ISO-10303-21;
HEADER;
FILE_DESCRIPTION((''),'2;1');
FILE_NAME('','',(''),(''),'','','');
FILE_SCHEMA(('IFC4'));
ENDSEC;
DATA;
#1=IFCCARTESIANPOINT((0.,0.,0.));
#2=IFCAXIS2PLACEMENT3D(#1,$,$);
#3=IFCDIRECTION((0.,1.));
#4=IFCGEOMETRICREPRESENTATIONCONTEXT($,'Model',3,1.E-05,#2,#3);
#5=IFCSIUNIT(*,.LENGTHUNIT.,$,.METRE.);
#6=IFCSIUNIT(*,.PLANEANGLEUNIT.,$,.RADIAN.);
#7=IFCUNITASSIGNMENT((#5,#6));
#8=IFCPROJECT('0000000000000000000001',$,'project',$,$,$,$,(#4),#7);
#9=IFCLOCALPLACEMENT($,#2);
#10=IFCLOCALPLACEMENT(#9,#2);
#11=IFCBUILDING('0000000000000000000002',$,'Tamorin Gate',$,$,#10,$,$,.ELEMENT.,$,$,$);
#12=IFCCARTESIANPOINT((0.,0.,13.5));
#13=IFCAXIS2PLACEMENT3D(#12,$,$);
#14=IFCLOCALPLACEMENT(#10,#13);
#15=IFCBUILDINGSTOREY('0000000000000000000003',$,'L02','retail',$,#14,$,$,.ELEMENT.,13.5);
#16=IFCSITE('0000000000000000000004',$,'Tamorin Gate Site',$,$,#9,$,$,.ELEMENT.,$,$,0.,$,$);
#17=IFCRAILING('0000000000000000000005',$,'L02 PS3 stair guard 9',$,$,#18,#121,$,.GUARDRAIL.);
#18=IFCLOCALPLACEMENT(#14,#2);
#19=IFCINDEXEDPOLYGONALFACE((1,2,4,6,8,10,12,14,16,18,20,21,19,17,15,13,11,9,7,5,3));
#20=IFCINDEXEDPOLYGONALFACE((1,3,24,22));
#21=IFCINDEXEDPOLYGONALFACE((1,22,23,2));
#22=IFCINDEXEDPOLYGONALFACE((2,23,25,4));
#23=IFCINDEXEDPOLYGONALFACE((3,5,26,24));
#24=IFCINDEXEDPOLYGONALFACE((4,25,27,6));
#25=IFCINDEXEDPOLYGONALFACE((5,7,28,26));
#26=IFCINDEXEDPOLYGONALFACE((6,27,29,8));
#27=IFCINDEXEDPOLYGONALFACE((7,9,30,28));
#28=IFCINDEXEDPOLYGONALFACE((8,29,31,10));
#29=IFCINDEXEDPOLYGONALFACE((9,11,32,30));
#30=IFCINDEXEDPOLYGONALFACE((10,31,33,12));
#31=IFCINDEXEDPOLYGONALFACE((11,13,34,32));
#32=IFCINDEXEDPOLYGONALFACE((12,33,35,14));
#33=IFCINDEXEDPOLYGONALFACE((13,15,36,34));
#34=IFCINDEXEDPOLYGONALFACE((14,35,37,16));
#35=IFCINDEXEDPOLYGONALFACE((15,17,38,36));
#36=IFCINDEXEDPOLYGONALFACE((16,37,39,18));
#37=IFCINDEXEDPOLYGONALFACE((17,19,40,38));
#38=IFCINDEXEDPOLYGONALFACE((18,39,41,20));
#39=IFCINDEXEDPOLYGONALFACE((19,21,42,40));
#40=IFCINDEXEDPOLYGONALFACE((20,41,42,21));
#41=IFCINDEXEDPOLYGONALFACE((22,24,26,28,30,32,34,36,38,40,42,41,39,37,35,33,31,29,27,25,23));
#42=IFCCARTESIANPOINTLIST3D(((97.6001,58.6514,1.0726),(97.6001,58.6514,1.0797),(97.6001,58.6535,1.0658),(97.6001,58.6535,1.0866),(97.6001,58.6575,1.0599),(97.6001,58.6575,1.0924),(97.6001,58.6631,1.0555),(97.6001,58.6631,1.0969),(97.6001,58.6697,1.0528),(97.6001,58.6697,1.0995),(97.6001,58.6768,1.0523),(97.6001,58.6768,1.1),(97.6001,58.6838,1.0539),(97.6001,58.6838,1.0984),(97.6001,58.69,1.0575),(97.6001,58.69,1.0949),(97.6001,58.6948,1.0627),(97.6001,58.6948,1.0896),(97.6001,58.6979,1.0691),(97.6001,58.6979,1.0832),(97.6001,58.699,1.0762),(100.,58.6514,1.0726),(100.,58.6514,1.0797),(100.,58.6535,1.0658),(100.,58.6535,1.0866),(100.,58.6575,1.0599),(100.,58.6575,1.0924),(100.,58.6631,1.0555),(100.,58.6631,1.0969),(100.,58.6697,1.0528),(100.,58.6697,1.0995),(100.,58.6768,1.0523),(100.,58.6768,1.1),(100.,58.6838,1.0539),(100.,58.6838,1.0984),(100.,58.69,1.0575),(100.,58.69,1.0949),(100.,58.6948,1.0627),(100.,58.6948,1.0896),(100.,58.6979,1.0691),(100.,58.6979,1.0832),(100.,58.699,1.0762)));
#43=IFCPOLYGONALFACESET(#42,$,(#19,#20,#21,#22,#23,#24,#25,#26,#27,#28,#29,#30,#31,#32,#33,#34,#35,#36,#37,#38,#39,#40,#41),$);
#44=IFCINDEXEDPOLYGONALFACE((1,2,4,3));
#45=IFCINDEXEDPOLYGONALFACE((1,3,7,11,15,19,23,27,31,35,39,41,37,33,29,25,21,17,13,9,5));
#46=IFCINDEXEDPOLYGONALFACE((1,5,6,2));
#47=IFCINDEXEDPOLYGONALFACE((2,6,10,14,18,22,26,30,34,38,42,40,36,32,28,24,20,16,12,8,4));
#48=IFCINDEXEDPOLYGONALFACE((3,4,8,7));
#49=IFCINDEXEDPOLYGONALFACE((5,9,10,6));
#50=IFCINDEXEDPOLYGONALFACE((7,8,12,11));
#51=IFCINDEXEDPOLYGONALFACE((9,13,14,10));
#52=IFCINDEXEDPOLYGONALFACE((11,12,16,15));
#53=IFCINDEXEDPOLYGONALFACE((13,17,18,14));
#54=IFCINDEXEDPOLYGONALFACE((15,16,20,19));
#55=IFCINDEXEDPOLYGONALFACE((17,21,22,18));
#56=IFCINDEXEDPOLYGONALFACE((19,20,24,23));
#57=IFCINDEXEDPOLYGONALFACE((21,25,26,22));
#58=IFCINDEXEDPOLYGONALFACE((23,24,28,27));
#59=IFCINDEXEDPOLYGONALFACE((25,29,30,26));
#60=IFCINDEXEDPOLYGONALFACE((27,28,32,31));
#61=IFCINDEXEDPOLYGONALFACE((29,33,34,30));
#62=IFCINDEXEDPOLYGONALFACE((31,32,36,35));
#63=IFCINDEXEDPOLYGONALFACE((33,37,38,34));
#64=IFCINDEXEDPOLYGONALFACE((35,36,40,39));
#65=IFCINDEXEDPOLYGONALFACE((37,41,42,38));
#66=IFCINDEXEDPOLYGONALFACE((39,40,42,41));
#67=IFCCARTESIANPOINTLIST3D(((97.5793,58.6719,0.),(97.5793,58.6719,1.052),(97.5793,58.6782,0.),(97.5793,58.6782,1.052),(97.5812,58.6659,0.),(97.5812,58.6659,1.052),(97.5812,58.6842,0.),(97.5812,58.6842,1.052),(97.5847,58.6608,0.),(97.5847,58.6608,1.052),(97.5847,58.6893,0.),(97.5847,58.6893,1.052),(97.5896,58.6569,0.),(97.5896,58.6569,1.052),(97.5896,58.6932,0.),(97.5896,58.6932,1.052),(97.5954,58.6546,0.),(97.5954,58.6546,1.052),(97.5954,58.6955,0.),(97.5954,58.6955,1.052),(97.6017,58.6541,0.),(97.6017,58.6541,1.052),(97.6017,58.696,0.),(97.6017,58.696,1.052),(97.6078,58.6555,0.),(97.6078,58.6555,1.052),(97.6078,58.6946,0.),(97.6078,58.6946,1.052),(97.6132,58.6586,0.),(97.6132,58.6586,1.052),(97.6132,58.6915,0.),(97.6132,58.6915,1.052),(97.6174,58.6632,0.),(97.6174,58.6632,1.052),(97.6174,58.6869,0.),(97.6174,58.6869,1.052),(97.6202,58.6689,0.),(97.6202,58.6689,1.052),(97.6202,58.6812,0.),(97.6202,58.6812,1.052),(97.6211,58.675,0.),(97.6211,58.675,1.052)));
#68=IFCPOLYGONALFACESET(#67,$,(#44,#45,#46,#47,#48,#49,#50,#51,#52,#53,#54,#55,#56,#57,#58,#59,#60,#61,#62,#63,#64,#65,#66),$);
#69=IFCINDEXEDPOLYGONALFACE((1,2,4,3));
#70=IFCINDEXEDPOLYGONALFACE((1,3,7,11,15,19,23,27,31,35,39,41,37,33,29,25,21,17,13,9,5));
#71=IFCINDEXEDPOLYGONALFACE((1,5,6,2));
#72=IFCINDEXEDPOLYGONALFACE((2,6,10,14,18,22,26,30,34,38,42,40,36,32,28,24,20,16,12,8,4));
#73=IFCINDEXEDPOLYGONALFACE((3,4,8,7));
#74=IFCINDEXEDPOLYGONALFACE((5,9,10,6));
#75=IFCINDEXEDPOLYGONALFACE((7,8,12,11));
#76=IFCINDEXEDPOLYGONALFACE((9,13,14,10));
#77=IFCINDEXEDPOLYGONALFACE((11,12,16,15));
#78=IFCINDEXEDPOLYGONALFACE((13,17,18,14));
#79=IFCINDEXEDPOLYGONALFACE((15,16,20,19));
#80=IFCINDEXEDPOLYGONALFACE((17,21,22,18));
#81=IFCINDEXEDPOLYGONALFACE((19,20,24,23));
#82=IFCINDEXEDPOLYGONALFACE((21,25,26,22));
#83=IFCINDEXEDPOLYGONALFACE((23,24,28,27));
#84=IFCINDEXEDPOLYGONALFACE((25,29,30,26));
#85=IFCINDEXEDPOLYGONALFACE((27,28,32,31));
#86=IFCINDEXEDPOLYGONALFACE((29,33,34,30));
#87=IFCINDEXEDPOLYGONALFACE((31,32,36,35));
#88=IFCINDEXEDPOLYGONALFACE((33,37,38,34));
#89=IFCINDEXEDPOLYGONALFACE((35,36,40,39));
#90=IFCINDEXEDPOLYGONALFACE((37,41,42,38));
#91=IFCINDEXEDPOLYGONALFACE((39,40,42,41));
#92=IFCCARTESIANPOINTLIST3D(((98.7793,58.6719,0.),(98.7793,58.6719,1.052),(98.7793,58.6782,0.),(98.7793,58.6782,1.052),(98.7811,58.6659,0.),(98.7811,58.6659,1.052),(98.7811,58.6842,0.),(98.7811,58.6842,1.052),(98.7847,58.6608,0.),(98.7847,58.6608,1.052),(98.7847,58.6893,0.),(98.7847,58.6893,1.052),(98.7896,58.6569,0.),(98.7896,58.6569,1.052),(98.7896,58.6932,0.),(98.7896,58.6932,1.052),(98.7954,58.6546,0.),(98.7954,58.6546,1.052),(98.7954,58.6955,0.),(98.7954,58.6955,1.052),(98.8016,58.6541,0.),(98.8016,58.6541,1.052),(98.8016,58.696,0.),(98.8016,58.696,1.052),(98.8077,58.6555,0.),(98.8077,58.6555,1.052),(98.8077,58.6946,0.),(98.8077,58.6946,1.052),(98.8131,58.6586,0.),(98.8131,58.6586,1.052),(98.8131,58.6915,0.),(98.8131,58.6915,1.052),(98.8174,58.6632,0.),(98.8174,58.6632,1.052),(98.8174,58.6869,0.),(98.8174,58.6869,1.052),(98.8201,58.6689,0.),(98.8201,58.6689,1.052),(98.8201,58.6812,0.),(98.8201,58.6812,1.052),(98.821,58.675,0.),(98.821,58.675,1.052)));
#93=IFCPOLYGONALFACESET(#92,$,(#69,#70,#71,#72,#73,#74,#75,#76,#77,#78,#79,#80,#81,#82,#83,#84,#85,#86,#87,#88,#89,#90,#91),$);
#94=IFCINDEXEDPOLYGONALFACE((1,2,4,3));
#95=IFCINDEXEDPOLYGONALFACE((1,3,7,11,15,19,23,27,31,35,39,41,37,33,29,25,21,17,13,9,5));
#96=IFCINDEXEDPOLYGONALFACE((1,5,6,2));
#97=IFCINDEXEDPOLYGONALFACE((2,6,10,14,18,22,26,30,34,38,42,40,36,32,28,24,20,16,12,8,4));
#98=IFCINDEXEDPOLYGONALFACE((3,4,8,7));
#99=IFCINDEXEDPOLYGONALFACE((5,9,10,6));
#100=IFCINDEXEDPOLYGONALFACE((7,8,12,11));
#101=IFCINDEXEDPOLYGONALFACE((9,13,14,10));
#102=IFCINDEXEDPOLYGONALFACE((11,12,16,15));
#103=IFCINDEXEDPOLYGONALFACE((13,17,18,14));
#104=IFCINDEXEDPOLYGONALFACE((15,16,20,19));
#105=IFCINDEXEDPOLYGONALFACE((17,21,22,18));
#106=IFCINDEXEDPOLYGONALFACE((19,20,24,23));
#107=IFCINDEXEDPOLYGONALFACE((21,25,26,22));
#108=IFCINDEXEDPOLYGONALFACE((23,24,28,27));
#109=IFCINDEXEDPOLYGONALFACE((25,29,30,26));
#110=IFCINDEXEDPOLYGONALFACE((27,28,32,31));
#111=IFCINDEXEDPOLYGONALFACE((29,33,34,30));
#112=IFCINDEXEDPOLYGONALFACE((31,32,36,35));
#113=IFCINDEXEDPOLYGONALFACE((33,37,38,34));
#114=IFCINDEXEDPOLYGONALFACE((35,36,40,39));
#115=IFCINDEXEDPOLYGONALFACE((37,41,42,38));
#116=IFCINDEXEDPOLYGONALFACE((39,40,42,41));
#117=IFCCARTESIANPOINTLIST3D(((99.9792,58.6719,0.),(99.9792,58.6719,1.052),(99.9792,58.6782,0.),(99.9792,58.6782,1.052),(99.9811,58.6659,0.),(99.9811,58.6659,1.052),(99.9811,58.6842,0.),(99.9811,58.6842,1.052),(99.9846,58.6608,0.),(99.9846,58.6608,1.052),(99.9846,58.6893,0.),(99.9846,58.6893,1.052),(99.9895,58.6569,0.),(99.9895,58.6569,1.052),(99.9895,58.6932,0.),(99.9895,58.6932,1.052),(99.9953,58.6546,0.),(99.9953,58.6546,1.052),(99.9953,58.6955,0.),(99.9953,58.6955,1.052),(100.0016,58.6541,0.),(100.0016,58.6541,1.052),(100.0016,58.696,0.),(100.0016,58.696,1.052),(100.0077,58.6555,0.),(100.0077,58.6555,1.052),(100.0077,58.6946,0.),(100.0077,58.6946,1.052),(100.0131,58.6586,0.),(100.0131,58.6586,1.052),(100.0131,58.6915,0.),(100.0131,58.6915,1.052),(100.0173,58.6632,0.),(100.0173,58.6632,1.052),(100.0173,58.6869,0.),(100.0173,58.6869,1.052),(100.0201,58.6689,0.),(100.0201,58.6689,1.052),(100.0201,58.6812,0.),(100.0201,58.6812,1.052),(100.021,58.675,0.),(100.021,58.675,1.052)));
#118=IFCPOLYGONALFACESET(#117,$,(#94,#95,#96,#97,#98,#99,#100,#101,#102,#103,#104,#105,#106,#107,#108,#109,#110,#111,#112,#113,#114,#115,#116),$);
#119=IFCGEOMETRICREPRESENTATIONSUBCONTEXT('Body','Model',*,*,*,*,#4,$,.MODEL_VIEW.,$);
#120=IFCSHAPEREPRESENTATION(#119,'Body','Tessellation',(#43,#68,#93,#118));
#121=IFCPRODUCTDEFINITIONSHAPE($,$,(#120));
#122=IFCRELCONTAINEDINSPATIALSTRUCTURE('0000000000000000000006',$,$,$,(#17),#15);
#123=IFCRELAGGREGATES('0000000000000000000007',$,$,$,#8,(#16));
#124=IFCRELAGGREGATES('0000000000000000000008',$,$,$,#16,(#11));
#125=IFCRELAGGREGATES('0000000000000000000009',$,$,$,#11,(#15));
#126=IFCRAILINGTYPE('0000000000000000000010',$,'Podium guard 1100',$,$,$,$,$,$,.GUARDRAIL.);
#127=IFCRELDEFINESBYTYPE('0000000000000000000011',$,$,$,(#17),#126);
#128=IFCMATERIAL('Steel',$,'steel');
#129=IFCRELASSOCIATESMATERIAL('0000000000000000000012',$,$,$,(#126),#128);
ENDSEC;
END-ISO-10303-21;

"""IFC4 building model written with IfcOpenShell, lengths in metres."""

from ifc_helpers import new_model, si_unit, direction, frame, origin, origin_2d, place, context, subcontext, project, spatial, circle, extrude, material, type_object, element, save


model = new_model("IFC4")

# Units and contexts
model_context = context("Model", 3, precision=1e-05, world=origin(), true_north=direction((0.0, 1.0)))
body_context = subcontext(model_context, "Body", "Model", "MODEL_VIEW")
ifc_project = project(units=[si_unit("LENGTHUNIT", "METRE"), si_unit("PLANEANGLEUNIT", "RADIAN")], contexts=[model_context])

# Site, building, storey
site_placement = place(None, origin())
site = spatial("IfcSite", under=ifc_project, at=site_placement, Name="Tamorin Gate Site", CompositionType="ELEMENT", RefElevation=0.0)
building_placement = place(site_placement, origin())
building = spatial("IfcBuilding", under=site, at=building_placement, Name="Tamorin Gate", CompositionType="ELEMENT")
storey_placement = place(building_placement, frame((0.0, 0.0, 13.5)))
storey = spatial("IfcBuildingStorey", under=building, at=storey_placement, Name="L02", Description="retail", CompositionType="ELEMENT", Elevation=13.5)

# Railing
ifc_material_1 = material(Name="Steel", Category="steel")
railing_type = type_object("IfcRailingType", Name="Podium guard 1100", PredefinedType="GUARDRAIL", material=ifc_material_1)
for number, where, name in (
    (1, (97.6001, 58.675, 0.0), "L02 PS3 stair guard 9"),
):
    element("IfcRailing", number, at=place(storey_placement, frame(where)), inside=storey, type_object=railing_type, Name=name, PredefinedType="GUARDRAIL", context=body_context, shape_type="SweptSolid", body=[
        extrude(circle(Radius=0.0239, at=origin_2d()), frame((0.0, 0.0, 1.0762), z_axis=(1.0, 0.0, 0.0), x_axis=(0.0, 1.0, 0.0)), (0.0, 0.0, 1.0), 2.3999),
        extrude(circle(Radius=0.021, at=origin_2d()), origin(), (0.0, 0.0, 1.0), 1.052),
        extrude(circle(Radius=0.021, at=origin_2d()), frame((1.2, 0.0, 0.0)), (0.0, 0.0, 1.0), 1.052),
        extrude(circle(Radius=0.021, at=origin_2d()), frame((2.3999, 0.0, 0.0)), (0.0, 0.0, 1.0), 1.052),
    ])

save(model, "model.ifc")
